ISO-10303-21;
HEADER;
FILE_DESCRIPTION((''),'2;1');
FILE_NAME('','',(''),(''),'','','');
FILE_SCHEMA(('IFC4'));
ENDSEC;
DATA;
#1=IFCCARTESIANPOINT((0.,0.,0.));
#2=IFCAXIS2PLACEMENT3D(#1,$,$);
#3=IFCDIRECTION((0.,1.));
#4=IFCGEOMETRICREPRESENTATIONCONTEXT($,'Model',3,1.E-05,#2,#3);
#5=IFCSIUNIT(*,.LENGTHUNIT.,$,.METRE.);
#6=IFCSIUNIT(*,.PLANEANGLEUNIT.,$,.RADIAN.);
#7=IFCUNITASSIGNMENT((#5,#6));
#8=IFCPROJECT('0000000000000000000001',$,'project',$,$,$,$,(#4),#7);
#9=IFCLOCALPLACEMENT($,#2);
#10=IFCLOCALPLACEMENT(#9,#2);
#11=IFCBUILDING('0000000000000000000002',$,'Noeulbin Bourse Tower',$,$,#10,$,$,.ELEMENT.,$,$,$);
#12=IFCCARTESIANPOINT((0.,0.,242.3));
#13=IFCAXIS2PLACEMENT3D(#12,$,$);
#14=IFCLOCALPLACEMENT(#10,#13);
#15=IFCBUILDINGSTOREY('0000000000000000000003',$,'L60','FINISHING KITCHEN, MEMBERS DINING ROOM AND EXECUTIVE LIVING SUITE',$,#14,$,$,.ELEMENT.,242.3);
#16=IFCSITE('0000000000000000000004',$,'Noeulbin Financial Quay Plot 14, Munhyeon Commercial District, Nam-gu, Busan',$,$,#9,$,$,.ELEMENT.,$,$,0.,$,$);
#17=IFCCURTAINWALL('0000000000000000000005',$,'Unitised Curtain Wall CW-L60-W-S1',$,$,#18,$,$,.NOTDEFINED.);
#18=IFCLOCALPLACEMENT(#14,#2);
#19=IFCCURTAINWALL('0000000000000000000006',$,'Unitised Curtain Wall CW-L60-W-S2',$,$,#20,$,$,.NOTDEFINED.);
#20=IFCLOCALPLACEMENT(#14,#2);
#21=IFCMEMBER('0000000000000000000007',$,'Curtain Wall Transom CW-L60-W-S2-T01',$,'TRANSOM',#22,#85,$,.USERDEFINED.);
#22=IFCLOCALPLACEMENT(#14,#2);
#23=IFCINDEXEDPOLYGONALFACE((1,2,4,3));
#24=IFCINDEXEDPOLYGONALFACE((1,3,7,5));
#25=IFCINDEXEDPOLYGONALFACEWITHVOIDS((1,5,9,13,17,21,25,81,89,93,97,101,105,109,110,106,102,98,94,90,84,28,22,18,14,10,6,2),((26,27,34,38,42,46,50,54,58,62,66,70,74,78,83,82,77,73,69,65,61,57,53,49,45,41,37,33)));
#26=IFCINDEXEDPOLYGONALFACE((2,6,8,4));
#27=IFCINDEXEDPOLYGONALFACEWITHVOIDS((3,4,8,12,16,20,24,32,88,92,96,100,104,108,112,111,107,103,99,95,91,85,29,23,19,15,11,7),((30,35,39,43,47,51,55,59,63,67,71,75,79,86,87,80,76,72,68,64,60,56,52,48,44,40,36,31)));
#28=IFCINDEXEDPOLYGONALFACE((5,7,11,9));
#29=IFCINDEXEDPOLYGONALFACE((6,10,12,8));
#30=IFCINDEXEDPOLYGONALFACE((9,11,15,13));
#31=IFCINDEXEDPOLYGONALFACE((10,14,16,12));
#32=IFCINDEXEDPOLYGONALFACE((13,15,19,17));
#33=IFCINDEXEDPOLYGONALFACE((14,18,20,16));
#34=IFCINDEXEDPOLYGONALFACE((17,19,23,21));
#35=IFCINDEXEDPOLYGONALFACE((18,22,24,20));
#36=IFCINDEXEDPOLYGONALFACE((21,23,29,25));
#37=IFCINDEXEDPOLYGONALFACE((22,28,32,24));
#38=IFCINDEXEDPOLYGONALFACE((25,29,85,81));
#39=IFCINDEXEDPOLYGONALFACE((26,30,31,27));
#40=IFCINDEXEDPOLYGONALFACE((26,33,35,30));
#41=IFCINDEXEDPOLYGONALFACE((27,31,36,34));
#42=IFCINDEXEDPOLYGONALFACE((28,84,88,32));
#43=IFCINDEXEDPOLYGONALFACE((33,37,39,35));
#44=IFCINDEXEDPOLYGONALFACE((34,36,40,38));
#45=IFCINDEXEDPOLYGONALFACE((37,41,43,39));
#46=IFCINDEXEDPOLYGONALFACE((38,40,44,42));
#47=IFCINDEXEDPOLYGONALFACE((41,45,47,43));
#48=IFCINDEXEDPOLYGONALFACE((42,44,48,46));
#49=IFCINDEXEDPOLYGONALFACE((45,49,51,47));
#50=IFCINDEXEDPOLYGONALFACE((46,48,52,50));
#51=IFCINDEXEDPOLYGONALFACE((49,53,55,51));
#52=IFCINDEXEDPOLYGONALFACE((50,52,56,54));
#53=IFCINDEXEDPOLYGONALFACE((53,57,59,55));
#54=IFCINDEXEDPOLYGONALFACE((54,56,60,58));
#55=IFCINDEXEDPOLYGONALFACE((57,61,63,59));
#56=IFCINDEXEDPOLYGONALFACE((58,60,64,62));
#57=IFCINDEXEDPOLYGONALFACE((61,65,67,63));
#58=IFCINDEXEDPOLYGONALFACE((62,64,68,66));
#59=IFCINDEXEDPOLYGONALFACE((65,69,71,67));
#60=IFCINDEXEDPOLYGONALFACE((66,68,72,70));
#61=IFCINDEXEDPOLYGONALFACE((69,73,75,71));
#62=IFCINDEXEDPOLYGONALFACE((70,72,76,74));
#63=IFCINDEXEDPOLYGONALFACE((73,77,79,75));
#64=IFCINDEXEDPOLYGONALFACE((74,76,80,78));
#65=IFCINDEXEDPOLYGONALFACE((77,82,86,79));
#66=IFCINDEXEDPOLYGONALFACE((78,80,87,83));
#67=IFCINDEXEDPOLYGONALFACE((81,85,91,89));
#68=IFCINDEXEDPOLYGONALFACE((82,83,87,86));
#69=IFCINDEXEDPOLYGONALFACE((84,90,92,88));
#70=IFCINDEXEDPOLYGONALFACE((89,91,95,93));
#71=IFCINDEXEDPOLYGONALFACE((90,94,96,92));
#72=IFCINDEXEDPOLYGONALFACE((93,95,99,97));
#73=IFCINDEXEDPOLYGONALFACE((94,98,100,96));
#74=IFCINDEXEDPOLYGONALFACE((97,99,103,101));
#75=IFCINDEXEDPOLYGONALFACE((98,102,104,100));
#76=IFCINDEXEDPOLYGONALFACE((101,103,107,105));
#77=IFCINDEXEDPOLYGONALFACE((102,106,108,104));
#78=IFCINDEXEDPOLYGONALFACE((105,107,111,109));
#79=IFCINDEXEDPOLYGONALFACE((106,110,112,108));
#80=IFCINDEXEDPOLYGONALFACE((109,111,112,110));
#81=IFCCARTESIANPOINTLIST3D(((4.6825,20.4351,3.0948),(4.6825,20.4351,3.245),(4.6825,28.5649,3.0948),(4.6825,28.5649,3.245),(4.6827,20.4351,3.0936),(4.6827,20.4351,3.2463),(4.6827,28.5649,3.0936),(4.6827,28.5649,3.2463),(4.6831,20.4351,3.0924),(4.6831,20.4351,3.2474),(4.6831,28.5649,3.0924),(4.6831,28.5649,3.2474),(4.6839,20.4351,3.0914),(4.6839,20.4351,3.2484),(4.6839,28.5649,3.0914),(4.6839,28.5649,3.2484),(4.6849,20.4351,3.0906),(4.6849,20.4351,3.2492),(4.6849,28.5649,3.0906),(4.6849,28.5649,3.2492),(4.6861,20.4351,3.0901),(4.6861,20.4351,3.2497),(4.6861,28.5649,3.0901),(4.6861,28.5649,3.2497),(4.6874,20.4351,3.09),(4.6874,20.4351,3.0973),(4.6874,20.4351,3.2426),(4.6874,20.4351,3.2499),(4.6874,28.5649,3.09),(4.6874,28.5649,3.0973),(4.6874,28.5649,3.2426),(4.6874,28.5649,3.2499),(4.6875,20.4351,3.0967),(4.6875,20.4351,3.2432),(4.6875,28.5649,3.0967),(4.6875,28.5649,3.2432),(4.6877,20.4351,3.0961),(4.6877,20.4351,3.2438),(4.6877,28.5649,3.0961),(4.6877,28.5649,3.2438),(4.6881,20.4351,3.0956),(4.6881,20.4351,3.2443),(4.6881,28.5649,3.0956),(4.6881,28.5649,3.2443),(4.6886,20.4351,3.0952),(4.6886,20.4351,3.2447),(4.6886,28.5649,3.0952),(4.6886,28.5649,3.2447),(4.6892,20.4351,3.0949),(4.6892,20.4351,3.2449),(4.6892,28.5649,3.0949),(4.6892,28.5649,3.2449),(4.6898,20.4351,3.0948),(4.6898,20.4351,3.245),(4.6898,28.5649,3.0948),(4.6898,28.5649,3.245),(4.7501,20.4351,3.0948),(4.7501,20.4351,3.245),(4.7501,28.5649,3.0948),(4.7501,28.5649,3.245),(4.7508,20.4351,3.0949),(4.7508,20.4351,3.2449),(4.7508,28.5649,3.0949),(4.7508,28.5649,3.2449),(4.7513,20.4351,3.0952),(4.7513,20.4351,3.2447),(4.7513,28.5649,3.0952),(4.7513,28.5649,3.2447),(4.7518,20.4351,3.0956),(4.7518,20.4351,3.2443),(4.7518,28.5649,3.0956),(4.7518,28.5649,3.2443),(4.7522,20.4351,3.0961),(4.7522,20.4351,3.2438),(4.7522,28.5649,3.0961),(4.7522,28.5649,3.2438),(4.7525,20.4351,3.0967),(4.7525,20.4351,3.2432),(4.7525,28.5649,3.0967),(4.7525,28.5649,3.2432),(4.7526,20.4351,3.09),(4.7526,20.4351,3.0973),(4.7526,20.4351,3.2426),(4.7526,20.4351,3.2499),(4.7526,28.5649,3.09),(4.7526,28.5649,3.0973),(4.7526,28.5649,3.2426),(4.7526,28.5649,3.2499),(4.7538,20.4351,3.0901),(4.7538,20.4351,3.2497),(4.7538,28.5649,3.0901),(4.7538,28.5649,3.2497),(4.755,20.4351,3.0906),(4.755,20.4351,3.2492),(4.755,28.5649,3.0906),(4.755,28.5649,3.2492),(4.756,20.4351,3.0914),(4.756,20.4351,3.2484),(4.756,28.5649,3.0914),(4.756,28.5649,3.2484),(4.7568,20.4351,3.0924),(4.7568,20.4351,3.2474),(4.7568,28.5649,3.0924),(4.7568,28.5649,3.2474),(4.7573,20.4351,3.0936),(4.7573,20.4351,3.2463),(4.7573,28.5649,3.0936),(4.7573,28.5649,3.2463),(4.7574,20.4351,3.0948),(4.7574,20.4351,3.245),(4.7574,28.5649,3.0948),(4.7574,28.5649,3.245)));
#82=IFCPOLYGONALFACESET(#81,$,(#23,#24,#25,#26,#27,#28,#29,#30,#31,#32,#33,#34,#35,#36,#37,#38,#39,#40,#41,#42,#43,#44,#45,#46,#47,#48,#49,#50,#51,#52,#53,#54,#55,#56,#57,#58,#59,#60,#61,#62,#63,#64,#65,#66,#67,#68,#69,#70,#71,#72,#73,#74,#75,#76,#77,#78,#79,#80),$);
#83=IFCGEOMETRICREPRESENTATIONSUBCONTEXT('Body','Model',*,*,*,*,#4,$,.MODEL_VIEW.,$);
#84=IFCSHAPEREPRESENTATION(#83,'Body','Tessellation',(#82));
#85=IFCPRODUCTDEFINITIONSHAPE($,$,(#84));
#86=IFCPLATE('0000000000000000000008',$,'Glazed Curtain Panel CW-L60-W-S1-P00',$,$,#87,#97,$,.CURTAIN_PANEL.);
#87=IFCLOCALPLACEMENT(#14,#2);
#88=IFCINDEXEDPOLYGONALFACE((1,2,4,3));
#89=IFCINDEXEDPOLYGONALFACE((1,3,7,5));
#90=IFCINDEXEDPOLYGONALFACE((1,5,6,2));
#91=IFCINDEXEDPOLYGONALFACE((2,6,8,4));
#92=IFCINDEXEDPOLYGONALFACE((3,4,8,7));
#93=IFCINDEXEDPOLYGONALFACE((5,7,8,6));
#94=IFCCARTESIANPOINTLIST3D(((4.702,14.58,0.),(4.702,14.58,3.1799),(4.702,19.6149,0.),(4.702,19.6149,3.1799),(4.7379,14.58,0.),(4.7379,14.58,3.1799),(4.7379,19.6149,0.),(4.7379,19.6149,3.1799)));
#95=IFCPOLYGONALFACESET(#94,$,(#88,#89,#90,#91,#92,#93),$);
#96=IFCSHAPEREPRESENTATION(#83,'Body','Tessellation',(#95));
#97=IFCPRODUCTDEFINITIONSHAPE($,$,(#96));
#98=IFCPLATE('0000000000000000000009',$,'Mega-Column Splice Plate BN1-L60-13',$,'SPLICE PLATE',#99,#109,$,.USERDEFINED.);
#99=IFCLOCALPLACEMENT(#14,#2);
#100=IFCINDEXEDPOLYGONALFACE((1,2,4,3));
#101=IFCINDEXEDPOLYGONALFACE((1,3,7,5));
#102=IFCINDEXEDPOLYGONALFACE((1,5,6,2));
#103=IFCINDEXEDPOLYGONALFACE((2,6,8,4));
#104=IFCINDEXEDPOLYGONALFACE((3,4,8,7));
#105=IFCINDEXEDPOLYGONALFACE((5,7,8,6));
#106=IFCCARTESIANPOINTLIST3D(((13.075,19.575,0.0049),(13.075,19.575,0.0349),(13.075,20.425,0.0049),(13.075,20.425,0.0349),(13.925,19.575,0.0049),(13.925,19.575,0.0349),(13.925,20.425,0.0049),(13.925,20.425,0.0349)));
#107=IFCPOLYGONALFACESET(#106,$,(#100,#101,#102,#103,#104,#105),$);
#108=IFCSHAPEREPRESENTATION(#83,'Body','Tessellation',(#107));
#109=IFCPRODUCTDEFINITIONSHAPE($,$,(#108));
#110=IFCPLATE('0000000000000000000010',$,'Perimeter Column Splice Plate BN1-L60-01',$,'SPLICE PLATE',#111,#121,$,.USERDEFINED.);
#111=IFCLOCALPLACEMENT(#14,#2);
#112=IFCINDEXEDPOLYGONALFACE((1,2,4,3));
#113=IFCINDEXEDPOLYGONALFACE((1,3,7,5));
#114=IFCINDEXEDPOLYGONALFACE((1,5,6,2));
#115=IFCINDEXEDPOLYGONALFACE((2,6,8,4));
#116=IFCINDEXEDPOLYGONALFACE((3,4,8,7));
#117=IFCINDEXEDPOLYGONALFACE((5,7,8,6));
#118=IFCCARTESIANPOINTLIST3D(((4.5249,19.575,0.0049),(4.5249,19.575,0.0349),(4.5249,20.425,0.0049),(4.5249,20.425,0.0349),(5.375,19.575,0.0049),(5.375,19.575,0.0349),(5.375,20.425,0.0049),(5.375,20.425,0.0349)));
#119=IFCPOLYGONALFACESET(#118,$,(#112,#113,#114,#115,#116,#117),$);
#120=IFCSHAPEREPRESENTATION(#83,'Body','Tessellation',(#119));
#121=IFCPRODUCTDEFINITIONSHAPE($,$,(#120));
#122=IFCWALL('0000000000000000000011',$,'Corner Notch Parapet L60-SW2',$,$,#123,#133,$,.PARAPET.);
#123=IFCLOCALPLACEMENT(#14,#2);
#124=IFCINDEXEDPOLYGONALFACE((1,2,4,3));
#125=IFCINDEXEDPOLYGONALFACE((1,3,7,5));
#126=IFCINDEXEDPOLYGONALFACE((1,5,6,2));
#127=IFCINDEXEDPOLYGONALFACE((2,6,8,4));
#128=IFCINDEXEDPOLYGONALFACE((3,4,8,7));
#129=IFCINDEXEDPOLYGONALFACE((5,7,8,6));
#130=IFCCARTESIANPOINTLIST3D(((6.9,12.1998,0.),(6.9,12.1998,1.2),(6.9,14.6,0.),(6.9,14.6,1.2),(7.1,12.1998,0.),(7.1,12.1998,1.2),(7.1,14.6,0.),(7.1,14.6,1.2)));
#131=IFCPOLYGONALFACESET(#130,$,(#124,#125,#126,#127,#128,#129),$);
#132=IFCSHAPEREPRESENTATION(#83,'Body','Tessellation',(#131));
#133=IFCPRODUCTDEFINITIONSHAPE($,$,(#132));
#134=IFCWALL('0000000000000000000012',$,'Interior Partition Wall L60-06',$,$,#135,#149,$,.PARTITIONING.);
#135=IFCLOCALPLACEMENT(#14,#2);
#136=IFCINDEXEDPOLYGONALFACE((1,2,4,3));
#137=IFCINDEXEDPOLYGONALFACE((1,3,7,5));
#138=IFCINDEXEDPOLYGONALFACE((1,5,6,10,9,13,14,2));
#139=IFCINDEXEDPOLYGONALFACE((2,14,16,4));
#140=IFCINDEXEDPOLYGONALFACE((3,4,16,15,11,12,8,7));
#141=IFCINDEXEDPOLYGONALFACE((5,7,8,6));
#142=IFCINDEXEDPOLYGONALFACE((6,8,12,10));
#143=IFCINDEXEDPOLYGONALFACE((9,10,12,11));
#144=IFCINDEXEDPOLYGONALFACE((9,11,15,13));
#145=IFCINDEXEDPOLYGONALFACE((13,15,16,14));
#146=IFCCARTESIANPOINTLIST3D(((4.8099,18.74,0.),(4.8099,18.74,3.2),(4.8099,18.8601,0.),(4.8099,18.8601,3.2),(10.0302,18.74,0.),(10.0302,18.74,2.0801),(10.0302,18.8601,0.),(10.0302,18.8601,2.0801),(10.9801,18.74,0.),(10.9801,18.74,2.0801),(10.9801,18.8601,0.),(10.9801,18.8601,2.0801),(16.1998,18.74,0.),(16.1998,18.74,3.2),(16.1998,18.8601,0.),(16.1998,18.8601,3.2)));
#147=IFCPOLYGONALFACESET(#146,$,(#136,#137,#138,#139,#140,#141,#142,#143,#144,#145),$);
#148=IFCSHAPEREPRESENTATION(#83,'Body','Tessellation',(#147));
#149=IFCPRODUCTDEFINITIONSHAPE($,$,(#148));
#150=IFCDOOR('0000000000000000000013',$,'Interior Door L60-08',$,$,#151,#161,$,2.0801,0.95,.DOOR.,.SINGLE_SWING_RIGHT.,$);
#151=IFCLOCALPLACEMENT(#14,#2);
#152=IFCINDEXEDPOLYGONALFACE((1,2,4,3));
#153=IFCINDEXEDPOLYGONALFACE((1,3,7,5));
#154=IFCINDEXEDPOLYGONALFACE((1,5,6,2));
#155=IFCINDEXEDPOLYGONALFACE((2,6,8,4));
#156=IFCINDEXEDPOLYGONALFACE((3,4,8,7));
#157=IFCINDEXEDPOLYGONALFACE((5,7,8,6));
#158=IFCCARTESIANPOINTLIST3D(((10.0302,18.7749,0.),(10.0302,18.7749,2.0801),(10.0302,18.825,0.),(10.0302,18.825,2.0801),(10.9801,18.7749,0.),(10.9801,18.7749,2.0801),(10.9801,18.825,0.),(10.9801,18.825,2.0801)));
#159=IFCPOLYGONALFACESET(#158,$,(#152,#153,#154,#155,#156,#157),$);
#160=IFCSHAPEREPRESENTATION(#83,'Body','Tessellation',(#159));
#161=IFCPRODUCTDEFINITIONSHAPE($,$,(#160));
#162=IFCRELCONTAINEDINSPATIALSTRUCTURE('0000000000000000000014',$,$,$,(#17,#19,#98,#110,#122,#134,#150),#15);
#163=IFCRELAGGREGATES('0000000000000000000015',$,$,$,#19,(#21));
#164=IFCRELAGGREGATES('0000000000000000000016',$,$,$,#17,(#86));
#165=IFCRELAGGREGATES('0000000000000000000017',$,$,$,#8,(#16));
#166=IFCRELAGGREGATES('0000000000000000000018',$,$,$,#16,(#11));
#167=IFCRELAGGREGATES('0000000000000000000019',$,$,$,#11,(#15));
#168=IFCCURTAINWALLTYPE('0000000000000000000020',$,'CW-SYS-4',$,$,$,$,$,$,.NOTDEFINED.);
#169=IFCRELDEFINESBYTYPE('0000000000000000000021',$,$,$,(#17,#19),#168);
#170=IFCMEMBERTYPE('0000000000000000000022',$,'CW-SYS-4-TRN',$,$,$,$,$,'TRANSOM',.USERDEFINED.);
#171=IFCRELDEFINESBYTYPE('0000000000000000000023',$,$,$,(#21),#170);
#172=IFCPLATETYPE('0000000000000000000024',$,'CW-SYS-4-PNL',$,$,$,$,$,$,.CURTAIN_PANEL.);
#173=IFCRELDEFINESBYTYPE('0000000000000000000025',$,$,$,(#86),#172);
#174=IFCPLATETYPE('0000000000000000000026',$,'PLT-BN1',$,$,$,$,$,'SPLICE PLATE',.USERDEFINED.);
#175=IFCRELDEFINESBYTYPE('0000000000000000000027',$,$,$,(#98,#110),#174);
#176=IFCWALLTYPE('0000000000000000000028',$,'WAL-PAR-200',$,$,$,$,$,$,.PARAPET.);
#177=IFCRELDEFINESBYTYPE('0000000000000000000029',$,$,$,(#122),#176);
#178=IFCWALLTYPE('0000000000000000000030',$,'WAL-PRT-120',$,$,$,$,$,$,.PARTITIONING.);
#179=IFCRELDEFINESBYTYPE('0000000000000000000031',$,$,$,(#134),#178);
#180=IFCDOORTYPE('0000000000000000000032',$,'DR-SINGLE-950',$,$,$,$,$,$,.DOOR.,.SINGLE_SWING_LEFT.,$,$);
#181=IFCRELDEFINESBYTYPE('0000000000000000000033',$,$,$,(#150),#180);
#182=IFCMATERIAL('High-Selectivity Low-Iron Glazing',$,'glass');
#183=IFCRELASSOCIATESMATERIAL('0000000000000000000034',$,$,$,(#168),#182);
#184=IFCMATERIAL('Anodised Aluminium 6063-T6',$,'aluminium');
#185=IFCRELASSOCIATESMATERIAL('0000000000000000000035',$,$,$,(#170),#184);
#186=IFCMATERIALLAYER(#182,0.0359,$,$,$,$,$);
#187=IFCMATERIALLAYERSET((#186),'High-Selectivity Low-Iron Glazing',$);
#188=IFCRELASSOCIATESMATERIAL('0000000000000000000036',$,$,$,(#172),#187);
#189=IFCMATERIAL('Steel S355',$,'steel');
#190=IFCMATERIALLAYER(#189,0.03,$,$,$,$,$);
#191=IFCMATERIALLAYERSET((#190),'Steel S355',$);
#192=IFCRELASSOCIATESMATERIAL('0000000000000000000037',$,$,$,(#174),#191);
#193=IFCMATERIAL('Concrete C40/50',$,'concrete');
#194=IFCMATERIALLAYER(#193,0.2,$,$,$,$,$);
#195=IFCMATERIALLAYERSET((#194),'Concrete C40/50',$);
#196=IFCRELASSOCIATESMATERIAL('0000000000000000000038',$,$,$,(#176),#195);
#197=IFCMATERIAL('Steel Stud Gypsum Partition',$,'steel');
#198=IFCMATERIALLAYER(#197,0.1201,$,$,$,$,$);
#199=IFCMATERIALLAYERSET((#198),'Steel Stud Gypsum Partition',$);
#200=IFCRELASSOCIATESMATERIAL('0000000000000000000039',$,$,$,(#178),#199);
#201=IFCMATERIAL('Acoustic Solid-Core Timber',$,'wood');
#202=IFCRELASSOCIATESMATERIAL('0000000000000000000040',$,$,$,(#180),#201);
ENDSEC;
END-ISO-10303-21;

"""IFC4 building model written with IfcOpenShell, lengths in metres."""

from ifc_helpers import new_model, si_unit, direction, frame, frame_2d, origin, origin_2d, place, context, subcontext, project, spatial, rectangle, hollow_rectangle, extrude, material, layer, layer_set, material_profile, profile_set, type_object, element, fill, aggregate, save


model = new_model("IFC4")

# Units and contexts
model_context = context("Model", 3, precision=1e-05, world=origin(), true_north=direction((0.0, 1.0)))
body_context = subcontext(model_context, "Body", "Model", "MODEL_VIEW")
ifc_project = project(units=[si_unit("LENGTHUNIT", "METRE"), si_unit("PLANEANGLEUNIT", "RADIAN")], contexts=[model_context])

# Site, building, storey
site_placement = place(None, origin())
site = spatial("IfcSite", under=ifc_project, at=site_placement, Name="Noeulbin Financial Quay Plot 14, Munhyeon Commercial District, Nam-gu, Busan", CompositionType="ELEMENT", RefElevation=0.0)
building_placement = place(site_placement, origin())
building = spatial("IfcBuilding", under=site, at=building_placement, Name="Noeulbin Bourse Tower", CompositionType="ELEMENT")
storey_placement = place(building_placement, frame((0.0, 0.0, 242.3)))
storey = spatial("IfcBuildingStorey", under=building, at=storey_placement, Name="L60", Description="FINISHING KITCHEN, MEMBERS DINING ROOM AND EXECUTIVE LIVING SUITE", CompositionType="ELEMENT", Elevation=242.3)

# Shared definitions
ifc_material_1 = material(Name="Steel S355", Category="steel")

# Curtain wall
ifc_material_2 = material(Name="High-Selectivity Low-Iron Glazing", Category="glass")
curtain_wall_type = type_object("IfcCurtainWallType", Name="CW-SYS-4", PredefinedType="NOTDEFINED", material=ifc_material_2)
curtain_wall_1_placement = place(storey_placement, origin())
curtain_wall_1 = element("IfcCurtainWall", 1, at=curtain_wall_1_placement, inside=storey, type_object=curtain_wall_type, Name="Unitised Curtain Wall CW-L60-W-S1", PredefinedType="NOTDEFINED")
ifc_material_3 = material(Name="Anodised Aluminium 6063-T6", Category="aluminium")

# Curtain wall
curtain_wall_2_placement = place(storey_placement, origin())
curtain_wall_2 = element("IfcCurtainWall", 2, at=curtain_wall_2_placement, inside=storey, type_object=curtain_wall_type, Name="Unitised Curtain Wall CW-L60-W-S2", PredefinedType="NOTDEFINED")

# Member
ifc_material_profile_1 = material_profile(ifc_material_3, hollow_rectangle(XDim=0.075, YDim=0.1599, WallThickness=0.0049, InnerFilletRadius=0.0024, OuterFilletRadius=0.0049, at=origin_2d()), Name="ALU-TRAN-75x160x5", Category="LoadBearing")
ifc_profile_set_1 = profile_set([ifc_material_profile_1], Name="Anodised Aluminium 6063-T6")
member_type_1 = type_object("IfcMemberType", Name="CW-SYS-4-TRN", ElementType="TRANSOM", PredefinedType="USERDEFINED", material=ifc_profile_set_1)
member_1_placement = place(storey_placement, frame((4.72, 20.4351, 3.1699), z_axis=(0.0, 1.0, 0.0), x_axis=(-1.0, 0.0, 0.0)))
member_1 = element("IfcMember", 3, at=member_1_placement, type_object=member_type_1, Name="Curtain Wall Transom CW-L60-W-S2-T01", ObjectType="TRANSOM", PredefinedType="USERDEFINED", context=body_context, shape_type="SweptSolid", body=[
    extrude(hollow_rectangle(XDim=0.075, YDim=0.1599, WallThickness=0.0049, InnerFilletRadius=0.0024, OuterFilletRadius=0.0049, at=origin_2d()), origin(), (0.0, 0.0, 1.0), 8.1299),
])
aggregate(curtain_wall_2, [member_1])

# Plate
ifc_layer_1 = layer(ifc_material_2, 0.0359)
ifc_layer_set_1 = layer_set([ifc_layer_1], Name="High-Selectivity Low-Iron Glazing")
plate_type_1 = type_object("IfcPlateType", Name="CW-SYS-4-PNL", PredefinedType="CURTAIN_PANEL", material=ifc_layer_set_1)
plate_placement = place(storey_placement, frame((4.72, 17.0974, 0.0), z_axis=(0.0, 0.0, 1.0), x_axis=(0.0, 1.0, 0.0)))
plate = element("IfcPlate", 4, at=plate_placement, type_object=plate_type_1, Name="Glazed Curtain Panel CW-L60-W-S1-P00", PredefinedType="CURTAIN_PANEL", context=body_context, shape_type="SweptSolid", body=[
    extrude(rectangle(XDim=5.0349, YDim=0.0359, at=origin_2d()), origin(), (0.0, 0.0, 1.0), 3.1799),
])
aggregate(curtain_wall_1, [plate])

# Plates
ifc_layer_2 = layer(ifc_material_1, 0.03)
ifc_layer_set_2 = layer_set([ifc_layer_2], Name="Steel S355")
plate_type_2 = type_object("IfcPlateType", Name="PLT-BN1", ElementType="SPLICE PLATE", PredefinedType="USERDEFINED", material=ifc_layer_set_2)
for number, where, z_axis, x_axis, name in (
    (5, (13.5, 20.0, 0.0049), (0.0, 0.0, 1.0), (1.0, 0.0, 0.0), "Mega-Column Splice Plate BN1-L60-13"),
    (6, (4.95, 20.0, 0.0049), (0.0, 0.0, 1.0), (1.0, 0.0, 0.0), "Perimeter Column Splice Plate BN1-L60-01"),
):
    element("IfcPlate", number, at=place(storey_placement, frame(where, z_axis=z_axis, x_axis=x_axis)), inside=storey, type_object=plate_type_2, Name=name, ObjectType="SPLICE PLATE", PredefinedType="USERDEFINED", context=body_context, shape_type="SweptSolid", body=[
        extrude(rectangle(XDim=0.8501, YDim=0.8501, at=origin_2d()), origin(), (0.0, 0.0, 1.0), 0.03),
    ])

# Wall
ifc_material_4 = material(Name="Concrete C40/50", Category="concrete")
ifc_layer_3 = layer(ifc_material_4, 0.2)
ifc_layer_set_3 = layer_set([ifc_layer_3], Name="Concrete C40/50")
wall_type_1 = type_object("IfcWallType", Name="WAL-PAR-200", PredefinedType="PARAPET", material=ifc_layer_set_3)
wall_1_placement = place(storey_placement, frame((7.0, 14.6001, 0.0), z_axis=(0.0, 0.0, 1.0), x_axis=(0.0, -1.0, 0.0)))
element("IfcWall", 7, at=wall_1_placement, inside=storey, type_object=wall_type_1, Name="Corner Notch Parapet L60-SW2", PredefinedType="PARAPET", context=body_context, shape_type="SweptSolid", body=[
    extrude(rectangle(XDim=2.4001, YDim=0.2, at=frame_2d((1.2002, 0.0))), origin(), (0.0, 0.0, 1.0), 1.2),
])

# Wall, opening, door
ifc_material_5 = material(Name="Steel Stud Gypsum Partition", Category="steel")
ifc_layer_4 = layer(ifc_material_5, 0.1201)
ifc_layer_set_4 = layer_set([ifc_layer_4], Name="Steel Stud Gypsum Partition")
wall_type_2 = type_object("IfcWallType", Name="WAL-PRT-120", PredefinedType="PARTITIONING", material=ifc_layer_set_4)
wall_2_placement = place(storey_placement, frame((4.8101, 18.8, 0.0), z_axis=(0.0, 0.0, 1.0), x_axis=(1.0, 0.0, 0.0)))
wall_2 = element("IfcWall", 8, at=wall_2_placement, inside=storey, type_object=wall_type_2, Name="Interior Partition Wall L60-06", PredefinedType="PARTITIONING", context=body_context, shape_type="SweptSolid", body=[
    extrude(rectangle(XDim=11.3899, YDim=0.1201, at=frame_2d((5.6948, 0.0))), origin(), (0.0, 0.0, 1.0), 3.2),
])
opening_placement = place(wall_2_placement, frame((5.22, 0.0, 0.0)))
opening = element("IfcOpeningElement", 9, at=opening_placement, cuts=wall_2, PredefinedType="OPENING", context=body_context, shape_type="SweptSolid", body=[
    extrude(rectangle(XDim=0.95, YDim=2.0801, at=frame_2d((0.4751, 1.04))), frame((0.0, 0.0701, 0.0), z_axis=(0.0, -1.0, 0.0), x_axis=(1.0, 0.0, 0.0)), (0.0, 0.0, 1.0), 0.1401),
])
ifc_material_6 = material(Name="Acoustic Solid-Core Timber", Category="wood")
door_type = type_object("IfcDoorType", Name="DR-SINGLE-950", OperationType="SINGLE_SWING_LEFT", PredefinedType="DOOR", material=ifc_material_6)
door_placement = place(opening_placement, origin())
door = element("IfcDoor", 10, at=door_placement, inside=storey, type_object=door_type, Name="Interior Door L60-08", OperationType="SINGLE_SWING_RIGHT", OverallHeight=2.0801, OverallWidth=0.95, PredefinedType="DOOR", context=body_context, shape_type="SweptSolid", body=[
    extrude(rectangle(XDim=0.95, YDim=2.0801, at=frame_2d((0.4751, 1.04))), frame((0.0, 0.0249, 0.0), z_axis=(0.0, -1.0, 0.0), x_axis=(1.0, 0.0, 0.0)), (0.0, 0.0, 1.0), 0.05),
])
fill(opening, door)

save(model, "model.ifc")
